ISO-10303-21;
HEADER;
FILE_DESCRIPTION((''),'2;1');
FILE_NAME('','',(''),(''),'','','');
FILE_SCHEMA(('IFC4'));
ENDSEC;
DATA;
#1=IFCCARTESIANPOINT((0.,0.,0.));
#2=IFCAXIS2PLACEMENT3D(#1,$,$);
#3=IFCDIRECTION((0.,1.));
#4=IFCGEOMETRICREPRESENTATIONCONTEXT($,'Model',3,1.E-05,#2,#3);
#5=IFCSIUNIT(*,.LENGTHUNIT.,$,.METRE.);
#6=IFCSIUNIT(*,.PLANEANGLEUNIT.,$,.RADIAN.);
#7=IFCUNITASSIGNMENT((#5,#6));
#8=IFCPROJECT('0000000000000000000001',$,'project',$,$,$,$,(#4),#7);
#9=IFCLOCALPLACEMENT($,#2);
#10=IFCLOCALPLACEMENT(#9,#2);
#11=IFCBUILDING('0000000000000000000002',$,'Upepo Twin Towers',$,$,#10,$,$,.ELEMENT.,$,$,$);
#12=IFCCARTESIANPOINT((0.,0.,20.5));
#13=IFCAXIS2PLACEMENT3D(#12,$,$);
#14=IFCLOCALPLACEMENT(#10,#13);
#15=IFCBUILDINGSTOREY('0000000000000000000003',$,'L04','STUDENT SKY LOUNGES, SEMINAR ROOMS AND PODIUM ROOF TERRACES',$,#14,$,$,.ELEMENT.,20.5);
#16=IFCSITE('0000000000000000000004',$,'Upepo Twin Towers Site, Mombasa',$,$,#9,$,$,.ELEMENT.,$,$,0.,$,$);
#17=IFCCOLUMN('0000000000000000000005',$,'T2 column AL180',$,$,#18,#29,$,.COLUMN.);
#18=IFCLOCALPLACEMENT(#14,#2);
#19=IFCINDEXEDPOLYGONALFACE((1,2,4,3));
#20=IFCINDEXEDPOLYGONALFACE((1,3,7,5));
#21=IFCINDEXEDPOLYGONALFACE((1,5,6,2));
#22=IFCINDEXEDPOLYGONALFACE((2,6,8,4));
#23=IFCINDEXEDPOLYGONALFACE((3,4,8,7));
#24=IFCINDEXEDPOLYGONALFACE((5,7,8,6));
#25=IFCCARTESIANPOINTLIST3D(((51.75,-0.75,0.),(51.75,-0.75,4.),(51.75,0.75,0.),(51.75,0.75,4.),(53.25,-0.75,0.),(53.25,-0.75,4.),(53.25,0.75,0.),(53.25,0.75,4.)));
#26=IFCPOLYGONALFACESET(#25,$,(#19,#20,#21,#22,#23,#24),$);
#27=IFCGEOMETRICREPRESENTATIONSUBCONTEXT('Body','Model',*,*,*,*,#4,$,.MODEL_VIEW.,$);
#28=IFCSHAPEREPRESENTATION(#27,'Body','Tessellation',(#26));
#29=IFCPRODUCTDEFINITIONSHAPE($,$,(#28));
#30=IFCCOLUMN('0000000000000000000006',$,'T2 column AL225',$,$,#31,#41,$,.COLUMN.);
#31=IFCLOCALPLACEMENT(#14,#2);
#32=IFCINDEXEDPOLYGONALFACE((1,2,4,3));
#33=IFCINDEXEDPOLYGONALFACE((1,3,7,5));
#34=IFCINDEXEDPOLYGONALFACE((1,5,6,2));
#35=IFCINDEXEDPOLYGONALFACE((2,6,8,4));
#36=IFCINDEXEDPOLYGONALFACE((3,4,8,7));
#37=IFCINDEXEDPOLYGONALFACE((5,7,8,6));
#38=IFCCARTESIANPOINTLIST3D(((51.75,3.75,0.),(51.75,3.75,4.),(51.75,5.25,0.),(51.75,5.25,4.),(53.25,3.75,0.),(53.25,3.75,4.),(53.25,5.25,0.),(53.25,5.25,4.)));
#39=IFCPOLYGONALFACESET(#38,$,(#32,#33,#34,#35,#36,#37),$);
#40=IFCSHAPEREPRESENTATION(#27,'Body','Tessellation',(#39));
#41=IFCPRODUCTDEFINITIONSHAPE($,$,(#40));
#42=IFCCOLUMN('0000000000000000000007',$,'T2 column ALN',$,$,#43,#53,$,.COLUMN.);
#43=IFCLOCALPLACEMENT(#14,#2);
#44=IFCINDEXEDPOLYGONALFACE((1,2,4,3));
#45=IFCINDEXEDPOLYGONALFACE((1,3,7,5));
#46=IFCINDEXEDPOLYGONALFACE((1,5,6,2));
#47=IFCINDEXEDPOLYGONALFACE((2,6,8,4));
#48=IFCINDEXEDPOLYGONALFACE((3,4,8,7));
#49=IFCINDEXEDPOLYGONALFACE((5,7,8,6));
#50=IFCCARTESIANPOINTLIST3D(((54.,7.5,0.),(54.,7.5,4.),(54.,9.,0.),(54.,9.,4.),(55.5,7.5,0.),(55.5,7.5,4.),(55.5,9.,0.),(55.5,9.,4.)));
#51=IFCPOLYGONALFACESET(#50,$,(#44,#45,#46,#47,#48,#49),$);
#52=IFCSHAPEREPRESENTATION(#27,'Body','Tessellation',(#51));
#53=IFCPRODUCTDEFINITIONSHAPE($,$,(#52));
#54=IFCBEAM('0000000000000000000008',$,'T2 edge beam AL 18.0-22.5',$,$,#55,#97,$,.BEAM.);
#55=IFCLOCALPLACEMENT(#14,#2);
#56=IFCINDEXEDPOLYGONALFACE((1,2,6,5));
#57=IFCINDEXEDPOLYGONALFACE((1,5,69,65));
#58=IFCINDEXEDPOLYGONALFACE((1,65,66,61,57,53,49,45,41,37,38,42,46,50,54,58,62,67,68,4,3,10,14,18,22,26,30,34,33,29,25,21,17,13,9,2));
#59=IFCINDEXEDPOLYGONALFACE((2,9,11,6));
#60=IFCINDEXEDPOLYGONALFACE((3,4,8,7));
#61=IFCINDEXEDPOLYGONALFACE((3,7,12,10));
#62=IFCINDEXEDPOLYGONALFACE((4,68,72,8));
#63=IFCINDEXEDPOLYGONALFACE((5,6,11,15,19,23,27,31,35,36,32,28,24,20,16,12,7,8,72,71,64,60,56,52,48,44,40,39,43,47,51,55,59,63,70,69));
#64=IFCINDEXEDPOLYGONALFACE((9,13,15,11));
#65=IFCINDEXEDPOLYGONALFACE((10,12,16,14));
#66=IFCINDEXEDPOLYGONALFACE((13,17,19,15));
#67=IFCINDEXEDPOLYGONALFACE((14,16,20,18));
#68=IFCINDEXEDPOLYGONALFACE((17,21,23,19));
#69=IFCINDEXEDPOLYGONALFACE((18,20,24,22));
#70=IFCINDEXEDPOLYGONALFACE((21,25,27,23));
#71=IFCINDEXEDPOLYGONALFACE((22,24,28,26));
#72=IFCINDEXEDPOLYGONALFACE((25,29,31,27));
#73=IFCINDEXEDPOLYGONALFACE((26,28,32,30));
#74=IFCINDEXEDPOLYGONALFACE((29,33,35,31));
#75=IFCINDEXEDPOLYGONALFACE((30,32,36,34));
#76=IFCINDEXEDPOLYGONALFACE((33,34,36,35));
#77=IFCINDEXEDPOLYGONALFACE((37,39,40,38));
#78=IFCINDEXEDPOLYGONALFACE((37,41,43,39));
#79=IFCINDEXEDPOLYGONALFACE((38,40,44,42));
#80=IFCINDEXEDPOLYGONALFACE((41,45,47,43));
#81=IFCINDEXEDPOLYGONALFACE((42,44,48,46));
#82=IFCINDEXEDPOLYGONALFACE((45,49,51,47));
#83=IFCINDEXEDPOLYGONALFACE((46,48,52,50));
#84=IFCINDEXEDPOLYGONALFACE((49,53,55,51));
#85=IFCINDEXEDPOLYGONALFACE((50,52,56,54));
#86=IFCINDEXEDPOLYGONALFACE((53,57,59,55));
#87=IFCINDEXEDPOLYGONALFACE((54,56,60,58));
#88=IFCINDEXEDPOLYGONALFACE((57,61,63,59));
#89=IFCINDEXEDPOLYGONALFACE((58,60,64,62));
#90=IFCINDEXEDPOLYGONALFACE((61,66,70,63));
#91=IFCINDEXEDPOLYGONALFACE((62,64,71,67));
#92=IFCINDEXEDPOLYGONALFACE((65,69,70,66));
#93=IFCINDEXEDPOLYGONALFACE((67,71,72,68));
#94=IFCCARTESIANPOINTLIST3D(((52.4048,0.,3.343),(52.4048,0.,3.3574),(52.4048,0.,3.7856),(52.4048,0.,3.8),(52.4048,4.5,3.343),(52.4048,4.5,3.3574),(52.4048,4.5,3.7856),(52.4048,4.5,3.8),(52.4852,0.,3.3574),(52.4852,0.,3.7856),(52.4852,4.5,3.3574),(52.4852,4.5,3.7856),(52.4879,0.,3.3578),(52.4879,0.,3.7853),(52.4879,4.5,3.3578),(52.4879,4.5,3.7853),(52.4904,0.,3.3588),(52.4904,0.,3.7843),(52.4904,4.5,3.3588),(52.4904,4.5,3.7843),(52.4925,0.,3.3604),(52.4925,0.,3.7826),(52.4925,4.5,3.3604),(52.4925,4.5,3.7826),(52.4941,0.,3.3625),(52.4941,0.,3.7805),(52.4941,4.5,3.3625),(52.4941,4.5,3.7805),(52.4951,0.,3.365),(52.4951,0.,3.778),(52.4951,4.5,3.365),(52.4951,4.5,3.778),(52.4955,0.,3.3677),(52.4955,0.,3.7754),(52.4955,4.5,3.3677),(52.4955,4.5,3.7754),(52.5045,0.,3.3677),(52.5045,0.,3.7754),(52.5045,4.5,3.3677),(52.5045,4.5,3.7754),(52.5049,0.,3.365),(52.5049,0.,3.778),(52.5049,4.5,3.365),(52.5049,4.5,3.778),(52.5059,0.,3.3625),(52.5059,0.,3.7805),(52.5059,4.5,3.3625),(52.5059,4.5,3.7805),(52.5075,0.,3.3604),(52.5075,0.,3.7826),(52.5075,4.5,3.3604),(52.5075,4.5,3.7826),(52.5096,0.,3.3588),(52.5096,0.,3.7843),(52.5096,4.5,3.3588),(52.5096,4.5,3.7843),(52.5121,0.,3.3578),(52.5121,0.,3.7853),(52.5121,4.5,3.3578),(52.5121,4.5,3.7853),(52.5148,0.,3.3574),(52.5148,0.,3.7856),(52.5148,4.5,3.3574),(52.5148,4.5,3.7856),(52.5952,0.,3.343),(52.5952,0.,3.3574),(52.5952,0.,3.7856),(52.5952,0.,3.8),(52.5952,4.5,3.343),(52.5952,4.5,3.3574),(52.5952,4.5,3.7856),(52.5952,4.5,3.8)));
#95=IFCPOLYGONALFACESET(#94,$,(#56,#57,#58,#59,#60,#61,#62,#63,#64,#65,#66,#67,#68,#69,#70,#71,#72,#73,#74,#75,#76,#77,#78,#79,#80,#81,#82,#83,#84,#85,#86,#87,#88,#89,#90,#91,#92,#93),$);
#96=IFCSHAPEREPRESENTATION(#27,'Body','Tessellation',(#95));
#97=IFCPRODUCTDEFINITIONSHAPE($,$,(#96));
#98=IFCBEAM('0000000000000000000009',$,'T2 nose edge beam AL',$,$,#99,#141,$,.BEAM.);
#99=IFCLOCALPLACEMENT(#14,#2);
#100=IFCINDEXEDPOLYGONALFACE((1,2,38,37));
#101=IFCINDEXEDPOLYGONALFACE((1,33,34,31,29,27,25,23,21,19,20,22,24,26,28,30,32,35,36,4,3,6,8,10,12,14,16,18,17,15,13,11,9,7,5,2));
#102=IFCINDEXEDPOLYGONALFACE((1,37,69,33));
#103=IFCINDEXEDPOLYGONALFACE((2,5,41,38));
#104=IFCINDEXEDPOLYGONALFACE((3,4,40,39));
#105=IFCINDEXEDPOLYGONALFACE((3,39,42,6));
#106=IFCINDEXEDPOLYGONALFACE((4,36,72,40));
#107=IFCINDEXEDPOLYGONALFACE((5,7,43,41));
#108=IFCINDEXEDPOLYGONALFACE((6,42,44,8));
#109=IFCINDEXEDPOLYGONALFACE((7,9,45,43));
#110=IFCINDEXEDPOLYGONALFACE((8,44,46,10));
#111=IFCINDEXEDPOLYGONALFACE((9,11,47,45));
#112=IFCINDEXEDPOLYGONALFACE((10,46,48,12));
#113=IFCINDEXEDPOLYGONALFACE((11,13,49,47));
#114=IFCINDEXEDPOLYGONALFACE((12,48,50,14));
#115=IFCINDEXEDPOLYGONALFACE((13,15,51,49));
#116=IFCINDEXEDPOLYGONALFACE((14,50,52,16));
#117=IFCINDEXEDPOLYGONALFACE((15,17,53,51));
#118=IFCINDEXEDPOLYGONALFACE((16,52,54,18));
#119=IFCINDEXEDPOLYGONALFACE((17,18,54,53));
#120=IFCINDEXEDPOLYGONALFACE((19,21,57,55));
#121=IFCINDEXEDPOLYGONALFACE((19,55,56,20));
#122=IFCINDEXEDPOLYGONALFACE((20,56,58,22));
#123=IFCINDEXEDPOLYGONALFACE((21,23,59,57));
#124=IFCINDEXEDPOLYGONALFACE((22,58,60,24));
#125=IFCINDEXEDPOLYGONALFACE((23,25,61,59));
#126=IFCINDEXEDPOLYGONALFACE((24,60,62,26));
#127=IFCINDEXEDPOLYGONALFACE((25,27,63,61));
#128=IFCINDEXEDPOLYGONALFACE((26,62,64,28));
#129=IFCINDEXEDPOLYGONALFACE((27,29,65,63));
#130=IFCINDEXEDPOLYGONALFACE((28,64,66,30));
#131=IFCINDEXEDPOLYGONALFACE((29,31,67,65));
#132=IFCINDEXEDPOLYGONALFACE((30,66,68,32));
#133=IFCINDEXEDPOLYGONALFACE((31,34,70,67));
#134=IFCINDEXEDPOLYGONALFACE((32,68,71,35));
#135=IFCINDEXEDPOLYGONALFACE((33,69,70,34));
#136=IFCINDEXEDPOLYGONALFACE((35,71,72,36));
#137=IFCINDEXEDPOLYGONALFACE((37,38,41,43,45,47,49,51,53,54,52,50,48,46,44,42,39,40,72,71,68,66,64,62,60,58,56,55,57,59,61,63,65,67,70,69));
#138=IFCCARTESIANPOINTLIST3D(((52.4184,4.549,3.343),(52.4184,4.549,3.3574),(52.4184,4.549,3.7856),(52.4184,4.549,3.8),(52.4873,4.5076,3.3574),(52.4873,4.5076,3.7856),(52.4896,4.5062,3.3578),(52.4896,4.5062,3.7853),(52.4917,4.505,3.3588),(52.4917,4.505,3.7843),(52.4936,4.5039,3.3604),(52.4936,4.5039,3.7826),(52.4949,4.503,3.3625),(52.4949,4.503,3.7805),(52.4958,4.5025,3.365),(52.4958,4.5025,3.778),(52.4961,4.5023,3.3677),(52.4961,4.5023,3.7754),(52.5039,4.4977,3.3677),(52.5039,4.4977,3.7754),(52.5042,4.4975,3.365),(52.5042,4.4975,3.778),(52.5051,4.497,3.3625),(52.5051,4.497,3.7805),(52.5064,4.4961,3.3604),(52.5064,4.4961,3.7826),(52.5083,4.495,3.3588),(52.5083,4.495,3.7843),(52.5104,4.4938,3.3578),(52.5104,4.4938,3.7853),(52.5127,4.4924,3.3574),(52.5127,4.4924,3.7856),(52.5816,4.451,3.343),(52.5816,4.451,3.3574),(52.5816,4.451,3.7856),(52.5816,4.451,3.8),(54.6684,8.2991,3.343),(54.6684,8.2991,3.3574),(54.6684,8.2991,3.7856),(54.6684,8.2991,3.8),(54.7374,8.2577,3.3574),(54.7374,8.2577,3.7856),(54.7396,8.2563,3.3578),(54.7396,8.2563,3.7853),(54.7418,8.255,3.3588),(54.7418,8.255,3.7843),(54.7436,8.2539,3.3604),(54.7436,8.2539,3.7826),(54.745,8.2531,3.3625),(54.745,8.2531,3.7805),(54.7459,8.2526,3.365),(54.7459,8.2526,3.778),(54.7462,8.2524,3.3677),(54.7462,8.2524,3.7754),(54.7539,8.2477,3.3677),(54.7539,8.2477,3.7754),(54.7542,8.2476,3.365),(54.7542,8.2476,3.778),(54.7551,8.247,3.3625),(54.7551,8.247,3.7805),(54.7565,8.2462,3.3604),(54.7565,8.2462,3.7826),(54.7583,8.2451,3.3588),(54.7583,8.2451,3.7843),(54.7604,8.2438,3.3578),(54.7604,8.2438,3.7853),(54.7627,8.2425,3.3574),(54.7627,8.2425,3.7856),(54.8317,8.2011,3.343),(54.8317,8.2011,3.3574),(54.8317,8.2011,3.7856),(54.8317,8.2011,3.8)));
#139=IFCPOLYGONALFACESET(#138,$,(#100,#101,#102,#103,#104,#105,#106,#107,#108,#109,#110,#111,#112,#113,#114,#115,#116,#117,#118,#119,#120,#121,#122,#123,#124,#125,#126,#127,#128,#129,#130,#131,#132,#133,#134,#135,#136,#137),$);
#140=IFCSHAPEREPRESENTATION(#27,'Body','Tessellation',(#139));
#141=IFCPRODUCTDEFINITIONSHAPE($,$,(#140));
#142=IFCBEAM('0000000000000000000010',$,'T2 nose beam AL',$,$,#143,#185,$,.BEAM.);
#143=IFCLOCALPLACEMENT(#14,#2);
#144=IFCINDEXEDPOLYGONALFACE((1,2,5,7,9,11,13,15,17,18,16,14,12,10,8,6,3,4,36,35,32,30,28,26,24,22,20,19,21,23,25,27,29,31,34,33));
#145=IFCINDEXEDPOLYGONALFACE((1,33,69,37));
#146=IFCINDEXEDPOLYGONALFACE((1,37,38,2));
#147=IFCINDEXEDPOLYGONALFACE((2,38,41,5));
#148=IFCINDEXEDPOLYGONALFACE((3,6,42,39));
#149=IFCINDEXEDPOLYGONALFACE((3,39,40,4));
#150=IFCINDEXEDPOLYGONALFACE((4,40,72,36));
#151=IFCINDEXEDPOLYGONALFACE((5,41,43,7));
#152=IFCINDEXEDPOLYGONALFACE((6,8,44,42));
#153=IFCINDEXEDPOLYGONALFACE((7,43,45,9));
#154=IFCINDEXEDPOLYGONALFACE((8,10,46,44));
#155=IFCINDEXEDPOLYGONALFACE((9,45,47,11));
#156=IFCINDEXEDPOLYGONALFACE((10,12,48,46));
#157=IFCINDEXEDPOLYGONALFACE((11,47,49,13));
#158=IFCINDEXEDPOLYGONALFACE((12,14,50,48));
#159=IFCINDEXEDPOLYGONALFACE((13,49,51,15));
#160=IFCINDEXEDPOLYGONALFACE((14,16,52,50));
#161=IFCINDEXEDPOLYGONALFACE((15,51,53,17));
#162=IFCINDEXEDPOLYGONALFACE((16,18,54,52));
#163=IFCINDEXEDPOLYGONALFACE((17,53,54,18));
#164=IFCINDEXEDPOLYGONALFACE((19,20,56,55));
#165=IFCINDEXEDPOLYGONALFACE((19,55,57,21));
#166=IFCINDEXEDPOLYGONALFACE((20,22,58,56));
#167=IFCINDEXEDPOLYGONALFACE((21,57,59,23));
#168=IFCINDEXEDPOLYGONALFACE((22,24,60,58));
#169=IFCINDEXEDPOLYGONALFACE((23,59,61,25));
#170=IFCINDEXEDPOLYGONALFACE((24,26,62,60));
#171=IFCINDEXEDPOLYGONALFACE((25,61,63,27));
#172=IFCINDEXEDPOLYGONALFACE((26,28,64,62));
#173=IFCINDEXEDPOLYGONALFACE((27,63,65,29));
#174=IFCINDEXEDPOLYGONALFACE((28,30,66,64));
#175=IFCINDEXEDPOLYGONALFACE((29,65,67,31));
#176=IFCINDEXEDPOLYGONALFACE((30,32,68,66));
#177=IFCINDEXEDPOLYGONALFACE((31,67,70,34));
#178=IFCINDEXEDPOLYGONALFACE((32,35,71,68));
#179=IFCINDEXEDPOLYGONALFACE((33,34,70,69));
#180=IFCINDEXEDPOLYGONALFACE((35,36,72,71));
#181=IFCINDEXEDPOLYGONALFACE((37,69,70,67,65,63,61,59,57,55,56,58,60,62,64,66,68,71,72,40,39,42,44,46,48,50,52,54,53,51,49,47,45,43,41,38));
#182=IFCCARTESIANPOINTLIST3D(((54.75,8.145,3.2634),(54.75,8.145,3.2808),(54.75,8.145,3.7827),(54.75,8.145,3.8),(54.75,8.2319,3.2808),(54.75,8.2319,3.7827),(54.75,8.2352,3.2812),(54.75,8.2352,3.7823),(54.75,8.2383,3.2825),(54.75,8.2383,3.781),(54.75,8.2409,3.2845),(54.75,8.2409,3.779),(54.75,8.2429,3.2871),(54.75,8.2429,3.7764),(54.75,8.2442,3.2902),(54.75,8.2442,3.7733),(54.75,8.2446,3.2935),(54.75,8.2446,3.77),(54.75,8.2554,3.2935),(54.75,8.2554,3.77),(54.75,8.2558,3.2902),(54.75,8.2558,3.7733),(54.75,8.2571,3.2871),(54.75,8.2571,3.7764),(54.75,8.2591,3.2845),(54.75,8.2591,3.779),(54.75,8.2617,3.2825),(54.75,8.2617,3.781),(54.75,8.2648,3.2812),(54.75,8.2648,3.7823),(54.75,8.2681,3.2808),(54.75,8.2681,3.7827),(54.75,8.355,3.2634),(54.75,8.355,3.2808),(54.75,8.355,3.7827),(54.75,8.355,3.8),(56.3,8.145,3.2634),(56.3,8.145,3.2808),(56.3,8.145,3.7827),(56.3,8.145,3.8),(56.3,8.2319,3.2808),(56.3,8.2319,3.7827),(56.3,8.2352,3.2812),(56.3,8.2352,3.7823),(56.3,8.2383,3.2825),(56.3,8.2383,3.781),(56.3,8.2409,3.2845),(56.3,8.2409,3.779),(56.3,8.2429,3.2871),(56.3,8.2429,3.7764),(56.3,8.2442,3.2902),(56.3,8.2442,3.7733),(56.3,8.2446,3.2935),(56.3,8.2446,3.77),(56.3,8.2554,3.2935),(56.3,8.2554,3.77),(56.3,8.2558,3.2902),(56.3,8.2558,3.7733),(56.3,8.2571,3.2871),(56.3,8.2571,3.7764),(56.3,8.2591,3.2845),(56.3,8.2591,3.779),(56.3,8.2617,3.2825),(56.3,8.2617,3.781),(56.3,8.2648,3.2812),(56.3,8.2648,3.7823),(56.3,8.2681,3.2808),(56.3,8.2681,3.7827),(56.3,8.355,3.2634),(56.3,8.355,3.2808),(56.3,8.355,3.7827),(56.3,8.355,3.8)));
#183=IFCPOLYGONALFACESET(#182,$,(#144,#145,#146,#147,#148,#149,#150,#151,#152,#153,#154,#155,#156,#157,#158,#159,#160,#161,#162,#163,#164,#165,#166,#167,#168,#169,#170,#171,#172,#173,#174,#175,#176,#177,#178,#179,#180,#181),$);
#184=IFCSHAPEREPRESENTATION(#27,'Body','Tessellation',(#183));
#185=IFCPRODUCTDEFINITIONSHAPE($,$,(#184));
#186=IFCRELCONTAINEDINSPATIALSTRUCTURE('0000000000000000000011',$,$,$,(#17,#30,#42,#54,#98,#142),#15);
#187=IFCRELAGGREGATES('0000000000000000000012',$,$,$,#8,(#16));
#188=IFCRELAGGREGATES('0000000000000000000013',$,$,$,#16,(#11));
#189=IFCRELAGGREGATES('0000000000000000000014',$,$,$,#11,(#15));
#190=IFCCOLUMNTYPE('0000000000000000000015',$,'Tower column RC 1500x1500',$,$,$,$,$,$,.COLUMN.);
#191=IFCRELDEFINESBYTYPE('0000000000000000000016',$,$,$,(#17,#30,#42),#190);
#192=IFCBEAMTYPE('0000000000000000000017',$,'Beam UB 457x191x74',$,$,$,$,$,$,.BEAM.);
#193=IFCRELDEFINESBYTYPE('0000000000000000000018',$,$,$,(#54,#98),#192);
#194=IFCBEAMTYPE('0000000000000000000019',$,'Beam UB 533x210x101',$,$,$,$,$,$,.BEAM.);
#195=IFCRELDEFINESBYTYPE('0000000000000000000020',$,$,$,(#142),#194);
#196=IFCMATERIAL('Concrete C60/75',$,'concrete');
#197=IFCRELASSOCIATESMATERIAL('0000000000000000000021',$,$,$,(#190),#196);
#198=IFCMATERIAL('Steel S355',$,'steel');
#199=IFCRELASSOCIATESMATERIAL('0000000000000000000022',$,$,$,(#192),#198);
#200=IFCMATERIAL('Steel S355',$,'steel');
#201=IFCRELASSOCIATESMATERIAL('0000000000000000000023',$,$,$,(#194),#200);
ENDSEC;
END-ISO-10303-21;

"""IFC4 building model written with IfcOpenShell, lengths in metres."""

from ifc_helpers import new_model, si_unit, direction, frame, origin, origin_2d, place, context, subcontext, project, spatial, rectangle, i_section, extrude, material, material_profile, profile_set, type_object, element, save


model = new_model("IFC4")

# Units and contexts
model_context = context("Model", 3, precision=1e-05, world=origin(), true_north=direction((0.0, 1.0)))
body_context = subcontext(model_context, "Body", "Model", "MODEL_VIEW")
ifc_project = project(units=[si_unit("LENGTHUNIT", "METRE"), si_unit("PLANEANGLEUNIT", "RADIAN")], contexts=[model_context])

# Site, building, storey
site_placement = place(None, origin())
site = spatial("IfcSite", under=ifc_project, at=site_placement, Name="Upepo Twin Towers Site, Mombasa", CompositionType="ELEMENT", RefElevation=0.0)
building_placement = place(site_placement, origin())
building = spatial("IfcBuilding", under=site, at=building_placement, Name="Upepo Twin Towers", CompositionType="ELEMENT")
storey_placement = place(building_placement, frame((0.0, 0.0, 20.5)))
storey = spatial("IfcBuildingStorey", under=building, at=storey_placement, Name="L04", Description="STUDENT SKY LOUNGES, SEMINAR ROOMS AND PODIUM ROOF TERRACES", CompositionType="ELEMENT", Elevation=20.5)

# Columns
ifc_material_1 = material(Name="Concrete C60/75", Category="concrete")
ifc_material_profile_1 = material_profile(ifc_material_1, rectangle(XDim=1.5, YDim=1.5, at=origin_2d()), Name="RC 1500x1500")
ifc_profile_set_1 = profile_set([ifc_material_profile_1], Name="Concrete C60/75")
column_type = type_object("IfcColumnType", Name="Tower column RC 1500x1500", PredefinedType="COLUMN", material=ifc_profile_set_1)
for number, where, z_axis, x_axis, name in (
    (1, (52.5, 0.0, 0.0), (0.0, 0.0, 1.0), (1.0, 0.0, 0.0), "T2 column AL180"),
    (2, (52.5, 4.5, 0.0), (0.0, 0.0, 1.0), (1.0, 0.0, 0.0), "T2 column AL225"),
    (3, (54.75, 8.25, 0.0), (0.0, 0.0, 1.0), (1.0, 0.0, 0.0), "T2 column ALN"),
):
    element("IfcColumn", number, at=place(storey_placement, frame(where, z_axis=z_axis, x_axis=x_axis)), inside=storey, type_object=column_type, Name=name, PredefinedType="COLUMN", context=body_context, shape_type="SweptSolid", body=[
        extrude(rectangle(XDim=1.5, YDim=1.5, at=origin_2d()), origin(), (0.0, 0.0, 1.0), 4.0),
    ])

# Beams
ifc_material_2 = material(Name="Steel S355", Category="steel")
ifc_material_profile_2 = material_profile(ifc_material_2, i_section(OverallWidth=0.1904, OverallDepth=0.457, WebThickness=0.009, FlangeThickness=0.0144, FilletRadius=0.0103, at=origin_2d()), Name="UB 457x191x74")
ifc_profile_set_2 = profile_set([ifc_material_profile_2], Name="Steel S355")
beam_type_1 = type_object("IfcBeamType", Name="Beam UB 457x191x74", PredefinedType="BEAM", material=ifc_profile_set_2)
beam_1_placement = place(storey_placement, frame((52.5, 0.0, 3.5715), z_axis=(0.0, 1.0, 0.0), x_axis=(-1.0, 0.0, 0.0)))
element("IfcBeam", 4, at=beam_1_placement, inside=storey, type_object=beam_type_1, Name="T2 edge beam AL 18.0-22.5", PredefinedType="BEAM", context=body_context, shape_type="SweptSolid", body=[
    extrude(i_section(OverallWidth=0.1904, OverallDepth=0.457, WebThickness=0.009, FlangeThickness=0.0144, FilletRadius=0.0103, at=origin_2d()), origin(), (0.0, 0.0, 1.0), 4.5),
])
beam_2_placement = place(storey_placement, frame((52.5, 4.5, 3.5715), z_axis=(0.514496, 0.857493, 0.0), x_axis=(-0.857493, 0.514496, 0.0)))
element("IfcBeam", 5, at=beam_2_placement, inside=storey, type_object=beam_type_1, Name="T2 nose edge beam AL", PredefinedType="BEAM", context=body_context, shape_type="SweptSolid", body=[
    extrude(i_section(OverallWidth=0.1904, OverallDepth=0.457, WebThickness=0.009, FlangeThickness=0.0144, FilletRadius=0.0103, at=origin_2d()), origin(), (0.0, 0.0, 1.0), 4.3733),
])
ifc_material_3 = material(Name="Steel S355", Category="steel")
ifc_material_profile_3 = material_profile(ifc_material_3, i_section(OverallWidth=0.21, OverallDepth=0.5366, WebThickness=0.0107, FlangeThickness=0.0173, FilletRadius=0.0127, at=origin_2d()), Name="UB 533x210x101")
ifc_profile_set_3 = profile_set([ifc_material_profile_3], Name="Steel S355")
beam_type_2 = type_object("IfcBeamType", Name="Beam UB 533x210x101", PredefinedType="BEAM", material=ifc_profile_set_3)
beam_3_placement = place(storey_placement, frame((54.75, 8.25, 3.5317), z_axis=(1.0, 0.0, 0.0), x_axis=(0.0, 1.0, 0.0)))
element("IfcBeam", 6, at=beam_3_placement, inside=storey, type_object=beam_type_2, Name="T2 nose beam AL", PredefinedType="BEAM", context=body_context, shape_type="SweptSolid", body=[
    extrude(i_section(OverallWidth=0.21, OverallDepth=0.5366, WebThickness=0.0107, FlangeThickness=0.0173, FilletRadius=0.0127, at=origin_2d()), origin(), (0.0, 0.0, 1.0), 1.55),
])

save(model, "model.ifc")
